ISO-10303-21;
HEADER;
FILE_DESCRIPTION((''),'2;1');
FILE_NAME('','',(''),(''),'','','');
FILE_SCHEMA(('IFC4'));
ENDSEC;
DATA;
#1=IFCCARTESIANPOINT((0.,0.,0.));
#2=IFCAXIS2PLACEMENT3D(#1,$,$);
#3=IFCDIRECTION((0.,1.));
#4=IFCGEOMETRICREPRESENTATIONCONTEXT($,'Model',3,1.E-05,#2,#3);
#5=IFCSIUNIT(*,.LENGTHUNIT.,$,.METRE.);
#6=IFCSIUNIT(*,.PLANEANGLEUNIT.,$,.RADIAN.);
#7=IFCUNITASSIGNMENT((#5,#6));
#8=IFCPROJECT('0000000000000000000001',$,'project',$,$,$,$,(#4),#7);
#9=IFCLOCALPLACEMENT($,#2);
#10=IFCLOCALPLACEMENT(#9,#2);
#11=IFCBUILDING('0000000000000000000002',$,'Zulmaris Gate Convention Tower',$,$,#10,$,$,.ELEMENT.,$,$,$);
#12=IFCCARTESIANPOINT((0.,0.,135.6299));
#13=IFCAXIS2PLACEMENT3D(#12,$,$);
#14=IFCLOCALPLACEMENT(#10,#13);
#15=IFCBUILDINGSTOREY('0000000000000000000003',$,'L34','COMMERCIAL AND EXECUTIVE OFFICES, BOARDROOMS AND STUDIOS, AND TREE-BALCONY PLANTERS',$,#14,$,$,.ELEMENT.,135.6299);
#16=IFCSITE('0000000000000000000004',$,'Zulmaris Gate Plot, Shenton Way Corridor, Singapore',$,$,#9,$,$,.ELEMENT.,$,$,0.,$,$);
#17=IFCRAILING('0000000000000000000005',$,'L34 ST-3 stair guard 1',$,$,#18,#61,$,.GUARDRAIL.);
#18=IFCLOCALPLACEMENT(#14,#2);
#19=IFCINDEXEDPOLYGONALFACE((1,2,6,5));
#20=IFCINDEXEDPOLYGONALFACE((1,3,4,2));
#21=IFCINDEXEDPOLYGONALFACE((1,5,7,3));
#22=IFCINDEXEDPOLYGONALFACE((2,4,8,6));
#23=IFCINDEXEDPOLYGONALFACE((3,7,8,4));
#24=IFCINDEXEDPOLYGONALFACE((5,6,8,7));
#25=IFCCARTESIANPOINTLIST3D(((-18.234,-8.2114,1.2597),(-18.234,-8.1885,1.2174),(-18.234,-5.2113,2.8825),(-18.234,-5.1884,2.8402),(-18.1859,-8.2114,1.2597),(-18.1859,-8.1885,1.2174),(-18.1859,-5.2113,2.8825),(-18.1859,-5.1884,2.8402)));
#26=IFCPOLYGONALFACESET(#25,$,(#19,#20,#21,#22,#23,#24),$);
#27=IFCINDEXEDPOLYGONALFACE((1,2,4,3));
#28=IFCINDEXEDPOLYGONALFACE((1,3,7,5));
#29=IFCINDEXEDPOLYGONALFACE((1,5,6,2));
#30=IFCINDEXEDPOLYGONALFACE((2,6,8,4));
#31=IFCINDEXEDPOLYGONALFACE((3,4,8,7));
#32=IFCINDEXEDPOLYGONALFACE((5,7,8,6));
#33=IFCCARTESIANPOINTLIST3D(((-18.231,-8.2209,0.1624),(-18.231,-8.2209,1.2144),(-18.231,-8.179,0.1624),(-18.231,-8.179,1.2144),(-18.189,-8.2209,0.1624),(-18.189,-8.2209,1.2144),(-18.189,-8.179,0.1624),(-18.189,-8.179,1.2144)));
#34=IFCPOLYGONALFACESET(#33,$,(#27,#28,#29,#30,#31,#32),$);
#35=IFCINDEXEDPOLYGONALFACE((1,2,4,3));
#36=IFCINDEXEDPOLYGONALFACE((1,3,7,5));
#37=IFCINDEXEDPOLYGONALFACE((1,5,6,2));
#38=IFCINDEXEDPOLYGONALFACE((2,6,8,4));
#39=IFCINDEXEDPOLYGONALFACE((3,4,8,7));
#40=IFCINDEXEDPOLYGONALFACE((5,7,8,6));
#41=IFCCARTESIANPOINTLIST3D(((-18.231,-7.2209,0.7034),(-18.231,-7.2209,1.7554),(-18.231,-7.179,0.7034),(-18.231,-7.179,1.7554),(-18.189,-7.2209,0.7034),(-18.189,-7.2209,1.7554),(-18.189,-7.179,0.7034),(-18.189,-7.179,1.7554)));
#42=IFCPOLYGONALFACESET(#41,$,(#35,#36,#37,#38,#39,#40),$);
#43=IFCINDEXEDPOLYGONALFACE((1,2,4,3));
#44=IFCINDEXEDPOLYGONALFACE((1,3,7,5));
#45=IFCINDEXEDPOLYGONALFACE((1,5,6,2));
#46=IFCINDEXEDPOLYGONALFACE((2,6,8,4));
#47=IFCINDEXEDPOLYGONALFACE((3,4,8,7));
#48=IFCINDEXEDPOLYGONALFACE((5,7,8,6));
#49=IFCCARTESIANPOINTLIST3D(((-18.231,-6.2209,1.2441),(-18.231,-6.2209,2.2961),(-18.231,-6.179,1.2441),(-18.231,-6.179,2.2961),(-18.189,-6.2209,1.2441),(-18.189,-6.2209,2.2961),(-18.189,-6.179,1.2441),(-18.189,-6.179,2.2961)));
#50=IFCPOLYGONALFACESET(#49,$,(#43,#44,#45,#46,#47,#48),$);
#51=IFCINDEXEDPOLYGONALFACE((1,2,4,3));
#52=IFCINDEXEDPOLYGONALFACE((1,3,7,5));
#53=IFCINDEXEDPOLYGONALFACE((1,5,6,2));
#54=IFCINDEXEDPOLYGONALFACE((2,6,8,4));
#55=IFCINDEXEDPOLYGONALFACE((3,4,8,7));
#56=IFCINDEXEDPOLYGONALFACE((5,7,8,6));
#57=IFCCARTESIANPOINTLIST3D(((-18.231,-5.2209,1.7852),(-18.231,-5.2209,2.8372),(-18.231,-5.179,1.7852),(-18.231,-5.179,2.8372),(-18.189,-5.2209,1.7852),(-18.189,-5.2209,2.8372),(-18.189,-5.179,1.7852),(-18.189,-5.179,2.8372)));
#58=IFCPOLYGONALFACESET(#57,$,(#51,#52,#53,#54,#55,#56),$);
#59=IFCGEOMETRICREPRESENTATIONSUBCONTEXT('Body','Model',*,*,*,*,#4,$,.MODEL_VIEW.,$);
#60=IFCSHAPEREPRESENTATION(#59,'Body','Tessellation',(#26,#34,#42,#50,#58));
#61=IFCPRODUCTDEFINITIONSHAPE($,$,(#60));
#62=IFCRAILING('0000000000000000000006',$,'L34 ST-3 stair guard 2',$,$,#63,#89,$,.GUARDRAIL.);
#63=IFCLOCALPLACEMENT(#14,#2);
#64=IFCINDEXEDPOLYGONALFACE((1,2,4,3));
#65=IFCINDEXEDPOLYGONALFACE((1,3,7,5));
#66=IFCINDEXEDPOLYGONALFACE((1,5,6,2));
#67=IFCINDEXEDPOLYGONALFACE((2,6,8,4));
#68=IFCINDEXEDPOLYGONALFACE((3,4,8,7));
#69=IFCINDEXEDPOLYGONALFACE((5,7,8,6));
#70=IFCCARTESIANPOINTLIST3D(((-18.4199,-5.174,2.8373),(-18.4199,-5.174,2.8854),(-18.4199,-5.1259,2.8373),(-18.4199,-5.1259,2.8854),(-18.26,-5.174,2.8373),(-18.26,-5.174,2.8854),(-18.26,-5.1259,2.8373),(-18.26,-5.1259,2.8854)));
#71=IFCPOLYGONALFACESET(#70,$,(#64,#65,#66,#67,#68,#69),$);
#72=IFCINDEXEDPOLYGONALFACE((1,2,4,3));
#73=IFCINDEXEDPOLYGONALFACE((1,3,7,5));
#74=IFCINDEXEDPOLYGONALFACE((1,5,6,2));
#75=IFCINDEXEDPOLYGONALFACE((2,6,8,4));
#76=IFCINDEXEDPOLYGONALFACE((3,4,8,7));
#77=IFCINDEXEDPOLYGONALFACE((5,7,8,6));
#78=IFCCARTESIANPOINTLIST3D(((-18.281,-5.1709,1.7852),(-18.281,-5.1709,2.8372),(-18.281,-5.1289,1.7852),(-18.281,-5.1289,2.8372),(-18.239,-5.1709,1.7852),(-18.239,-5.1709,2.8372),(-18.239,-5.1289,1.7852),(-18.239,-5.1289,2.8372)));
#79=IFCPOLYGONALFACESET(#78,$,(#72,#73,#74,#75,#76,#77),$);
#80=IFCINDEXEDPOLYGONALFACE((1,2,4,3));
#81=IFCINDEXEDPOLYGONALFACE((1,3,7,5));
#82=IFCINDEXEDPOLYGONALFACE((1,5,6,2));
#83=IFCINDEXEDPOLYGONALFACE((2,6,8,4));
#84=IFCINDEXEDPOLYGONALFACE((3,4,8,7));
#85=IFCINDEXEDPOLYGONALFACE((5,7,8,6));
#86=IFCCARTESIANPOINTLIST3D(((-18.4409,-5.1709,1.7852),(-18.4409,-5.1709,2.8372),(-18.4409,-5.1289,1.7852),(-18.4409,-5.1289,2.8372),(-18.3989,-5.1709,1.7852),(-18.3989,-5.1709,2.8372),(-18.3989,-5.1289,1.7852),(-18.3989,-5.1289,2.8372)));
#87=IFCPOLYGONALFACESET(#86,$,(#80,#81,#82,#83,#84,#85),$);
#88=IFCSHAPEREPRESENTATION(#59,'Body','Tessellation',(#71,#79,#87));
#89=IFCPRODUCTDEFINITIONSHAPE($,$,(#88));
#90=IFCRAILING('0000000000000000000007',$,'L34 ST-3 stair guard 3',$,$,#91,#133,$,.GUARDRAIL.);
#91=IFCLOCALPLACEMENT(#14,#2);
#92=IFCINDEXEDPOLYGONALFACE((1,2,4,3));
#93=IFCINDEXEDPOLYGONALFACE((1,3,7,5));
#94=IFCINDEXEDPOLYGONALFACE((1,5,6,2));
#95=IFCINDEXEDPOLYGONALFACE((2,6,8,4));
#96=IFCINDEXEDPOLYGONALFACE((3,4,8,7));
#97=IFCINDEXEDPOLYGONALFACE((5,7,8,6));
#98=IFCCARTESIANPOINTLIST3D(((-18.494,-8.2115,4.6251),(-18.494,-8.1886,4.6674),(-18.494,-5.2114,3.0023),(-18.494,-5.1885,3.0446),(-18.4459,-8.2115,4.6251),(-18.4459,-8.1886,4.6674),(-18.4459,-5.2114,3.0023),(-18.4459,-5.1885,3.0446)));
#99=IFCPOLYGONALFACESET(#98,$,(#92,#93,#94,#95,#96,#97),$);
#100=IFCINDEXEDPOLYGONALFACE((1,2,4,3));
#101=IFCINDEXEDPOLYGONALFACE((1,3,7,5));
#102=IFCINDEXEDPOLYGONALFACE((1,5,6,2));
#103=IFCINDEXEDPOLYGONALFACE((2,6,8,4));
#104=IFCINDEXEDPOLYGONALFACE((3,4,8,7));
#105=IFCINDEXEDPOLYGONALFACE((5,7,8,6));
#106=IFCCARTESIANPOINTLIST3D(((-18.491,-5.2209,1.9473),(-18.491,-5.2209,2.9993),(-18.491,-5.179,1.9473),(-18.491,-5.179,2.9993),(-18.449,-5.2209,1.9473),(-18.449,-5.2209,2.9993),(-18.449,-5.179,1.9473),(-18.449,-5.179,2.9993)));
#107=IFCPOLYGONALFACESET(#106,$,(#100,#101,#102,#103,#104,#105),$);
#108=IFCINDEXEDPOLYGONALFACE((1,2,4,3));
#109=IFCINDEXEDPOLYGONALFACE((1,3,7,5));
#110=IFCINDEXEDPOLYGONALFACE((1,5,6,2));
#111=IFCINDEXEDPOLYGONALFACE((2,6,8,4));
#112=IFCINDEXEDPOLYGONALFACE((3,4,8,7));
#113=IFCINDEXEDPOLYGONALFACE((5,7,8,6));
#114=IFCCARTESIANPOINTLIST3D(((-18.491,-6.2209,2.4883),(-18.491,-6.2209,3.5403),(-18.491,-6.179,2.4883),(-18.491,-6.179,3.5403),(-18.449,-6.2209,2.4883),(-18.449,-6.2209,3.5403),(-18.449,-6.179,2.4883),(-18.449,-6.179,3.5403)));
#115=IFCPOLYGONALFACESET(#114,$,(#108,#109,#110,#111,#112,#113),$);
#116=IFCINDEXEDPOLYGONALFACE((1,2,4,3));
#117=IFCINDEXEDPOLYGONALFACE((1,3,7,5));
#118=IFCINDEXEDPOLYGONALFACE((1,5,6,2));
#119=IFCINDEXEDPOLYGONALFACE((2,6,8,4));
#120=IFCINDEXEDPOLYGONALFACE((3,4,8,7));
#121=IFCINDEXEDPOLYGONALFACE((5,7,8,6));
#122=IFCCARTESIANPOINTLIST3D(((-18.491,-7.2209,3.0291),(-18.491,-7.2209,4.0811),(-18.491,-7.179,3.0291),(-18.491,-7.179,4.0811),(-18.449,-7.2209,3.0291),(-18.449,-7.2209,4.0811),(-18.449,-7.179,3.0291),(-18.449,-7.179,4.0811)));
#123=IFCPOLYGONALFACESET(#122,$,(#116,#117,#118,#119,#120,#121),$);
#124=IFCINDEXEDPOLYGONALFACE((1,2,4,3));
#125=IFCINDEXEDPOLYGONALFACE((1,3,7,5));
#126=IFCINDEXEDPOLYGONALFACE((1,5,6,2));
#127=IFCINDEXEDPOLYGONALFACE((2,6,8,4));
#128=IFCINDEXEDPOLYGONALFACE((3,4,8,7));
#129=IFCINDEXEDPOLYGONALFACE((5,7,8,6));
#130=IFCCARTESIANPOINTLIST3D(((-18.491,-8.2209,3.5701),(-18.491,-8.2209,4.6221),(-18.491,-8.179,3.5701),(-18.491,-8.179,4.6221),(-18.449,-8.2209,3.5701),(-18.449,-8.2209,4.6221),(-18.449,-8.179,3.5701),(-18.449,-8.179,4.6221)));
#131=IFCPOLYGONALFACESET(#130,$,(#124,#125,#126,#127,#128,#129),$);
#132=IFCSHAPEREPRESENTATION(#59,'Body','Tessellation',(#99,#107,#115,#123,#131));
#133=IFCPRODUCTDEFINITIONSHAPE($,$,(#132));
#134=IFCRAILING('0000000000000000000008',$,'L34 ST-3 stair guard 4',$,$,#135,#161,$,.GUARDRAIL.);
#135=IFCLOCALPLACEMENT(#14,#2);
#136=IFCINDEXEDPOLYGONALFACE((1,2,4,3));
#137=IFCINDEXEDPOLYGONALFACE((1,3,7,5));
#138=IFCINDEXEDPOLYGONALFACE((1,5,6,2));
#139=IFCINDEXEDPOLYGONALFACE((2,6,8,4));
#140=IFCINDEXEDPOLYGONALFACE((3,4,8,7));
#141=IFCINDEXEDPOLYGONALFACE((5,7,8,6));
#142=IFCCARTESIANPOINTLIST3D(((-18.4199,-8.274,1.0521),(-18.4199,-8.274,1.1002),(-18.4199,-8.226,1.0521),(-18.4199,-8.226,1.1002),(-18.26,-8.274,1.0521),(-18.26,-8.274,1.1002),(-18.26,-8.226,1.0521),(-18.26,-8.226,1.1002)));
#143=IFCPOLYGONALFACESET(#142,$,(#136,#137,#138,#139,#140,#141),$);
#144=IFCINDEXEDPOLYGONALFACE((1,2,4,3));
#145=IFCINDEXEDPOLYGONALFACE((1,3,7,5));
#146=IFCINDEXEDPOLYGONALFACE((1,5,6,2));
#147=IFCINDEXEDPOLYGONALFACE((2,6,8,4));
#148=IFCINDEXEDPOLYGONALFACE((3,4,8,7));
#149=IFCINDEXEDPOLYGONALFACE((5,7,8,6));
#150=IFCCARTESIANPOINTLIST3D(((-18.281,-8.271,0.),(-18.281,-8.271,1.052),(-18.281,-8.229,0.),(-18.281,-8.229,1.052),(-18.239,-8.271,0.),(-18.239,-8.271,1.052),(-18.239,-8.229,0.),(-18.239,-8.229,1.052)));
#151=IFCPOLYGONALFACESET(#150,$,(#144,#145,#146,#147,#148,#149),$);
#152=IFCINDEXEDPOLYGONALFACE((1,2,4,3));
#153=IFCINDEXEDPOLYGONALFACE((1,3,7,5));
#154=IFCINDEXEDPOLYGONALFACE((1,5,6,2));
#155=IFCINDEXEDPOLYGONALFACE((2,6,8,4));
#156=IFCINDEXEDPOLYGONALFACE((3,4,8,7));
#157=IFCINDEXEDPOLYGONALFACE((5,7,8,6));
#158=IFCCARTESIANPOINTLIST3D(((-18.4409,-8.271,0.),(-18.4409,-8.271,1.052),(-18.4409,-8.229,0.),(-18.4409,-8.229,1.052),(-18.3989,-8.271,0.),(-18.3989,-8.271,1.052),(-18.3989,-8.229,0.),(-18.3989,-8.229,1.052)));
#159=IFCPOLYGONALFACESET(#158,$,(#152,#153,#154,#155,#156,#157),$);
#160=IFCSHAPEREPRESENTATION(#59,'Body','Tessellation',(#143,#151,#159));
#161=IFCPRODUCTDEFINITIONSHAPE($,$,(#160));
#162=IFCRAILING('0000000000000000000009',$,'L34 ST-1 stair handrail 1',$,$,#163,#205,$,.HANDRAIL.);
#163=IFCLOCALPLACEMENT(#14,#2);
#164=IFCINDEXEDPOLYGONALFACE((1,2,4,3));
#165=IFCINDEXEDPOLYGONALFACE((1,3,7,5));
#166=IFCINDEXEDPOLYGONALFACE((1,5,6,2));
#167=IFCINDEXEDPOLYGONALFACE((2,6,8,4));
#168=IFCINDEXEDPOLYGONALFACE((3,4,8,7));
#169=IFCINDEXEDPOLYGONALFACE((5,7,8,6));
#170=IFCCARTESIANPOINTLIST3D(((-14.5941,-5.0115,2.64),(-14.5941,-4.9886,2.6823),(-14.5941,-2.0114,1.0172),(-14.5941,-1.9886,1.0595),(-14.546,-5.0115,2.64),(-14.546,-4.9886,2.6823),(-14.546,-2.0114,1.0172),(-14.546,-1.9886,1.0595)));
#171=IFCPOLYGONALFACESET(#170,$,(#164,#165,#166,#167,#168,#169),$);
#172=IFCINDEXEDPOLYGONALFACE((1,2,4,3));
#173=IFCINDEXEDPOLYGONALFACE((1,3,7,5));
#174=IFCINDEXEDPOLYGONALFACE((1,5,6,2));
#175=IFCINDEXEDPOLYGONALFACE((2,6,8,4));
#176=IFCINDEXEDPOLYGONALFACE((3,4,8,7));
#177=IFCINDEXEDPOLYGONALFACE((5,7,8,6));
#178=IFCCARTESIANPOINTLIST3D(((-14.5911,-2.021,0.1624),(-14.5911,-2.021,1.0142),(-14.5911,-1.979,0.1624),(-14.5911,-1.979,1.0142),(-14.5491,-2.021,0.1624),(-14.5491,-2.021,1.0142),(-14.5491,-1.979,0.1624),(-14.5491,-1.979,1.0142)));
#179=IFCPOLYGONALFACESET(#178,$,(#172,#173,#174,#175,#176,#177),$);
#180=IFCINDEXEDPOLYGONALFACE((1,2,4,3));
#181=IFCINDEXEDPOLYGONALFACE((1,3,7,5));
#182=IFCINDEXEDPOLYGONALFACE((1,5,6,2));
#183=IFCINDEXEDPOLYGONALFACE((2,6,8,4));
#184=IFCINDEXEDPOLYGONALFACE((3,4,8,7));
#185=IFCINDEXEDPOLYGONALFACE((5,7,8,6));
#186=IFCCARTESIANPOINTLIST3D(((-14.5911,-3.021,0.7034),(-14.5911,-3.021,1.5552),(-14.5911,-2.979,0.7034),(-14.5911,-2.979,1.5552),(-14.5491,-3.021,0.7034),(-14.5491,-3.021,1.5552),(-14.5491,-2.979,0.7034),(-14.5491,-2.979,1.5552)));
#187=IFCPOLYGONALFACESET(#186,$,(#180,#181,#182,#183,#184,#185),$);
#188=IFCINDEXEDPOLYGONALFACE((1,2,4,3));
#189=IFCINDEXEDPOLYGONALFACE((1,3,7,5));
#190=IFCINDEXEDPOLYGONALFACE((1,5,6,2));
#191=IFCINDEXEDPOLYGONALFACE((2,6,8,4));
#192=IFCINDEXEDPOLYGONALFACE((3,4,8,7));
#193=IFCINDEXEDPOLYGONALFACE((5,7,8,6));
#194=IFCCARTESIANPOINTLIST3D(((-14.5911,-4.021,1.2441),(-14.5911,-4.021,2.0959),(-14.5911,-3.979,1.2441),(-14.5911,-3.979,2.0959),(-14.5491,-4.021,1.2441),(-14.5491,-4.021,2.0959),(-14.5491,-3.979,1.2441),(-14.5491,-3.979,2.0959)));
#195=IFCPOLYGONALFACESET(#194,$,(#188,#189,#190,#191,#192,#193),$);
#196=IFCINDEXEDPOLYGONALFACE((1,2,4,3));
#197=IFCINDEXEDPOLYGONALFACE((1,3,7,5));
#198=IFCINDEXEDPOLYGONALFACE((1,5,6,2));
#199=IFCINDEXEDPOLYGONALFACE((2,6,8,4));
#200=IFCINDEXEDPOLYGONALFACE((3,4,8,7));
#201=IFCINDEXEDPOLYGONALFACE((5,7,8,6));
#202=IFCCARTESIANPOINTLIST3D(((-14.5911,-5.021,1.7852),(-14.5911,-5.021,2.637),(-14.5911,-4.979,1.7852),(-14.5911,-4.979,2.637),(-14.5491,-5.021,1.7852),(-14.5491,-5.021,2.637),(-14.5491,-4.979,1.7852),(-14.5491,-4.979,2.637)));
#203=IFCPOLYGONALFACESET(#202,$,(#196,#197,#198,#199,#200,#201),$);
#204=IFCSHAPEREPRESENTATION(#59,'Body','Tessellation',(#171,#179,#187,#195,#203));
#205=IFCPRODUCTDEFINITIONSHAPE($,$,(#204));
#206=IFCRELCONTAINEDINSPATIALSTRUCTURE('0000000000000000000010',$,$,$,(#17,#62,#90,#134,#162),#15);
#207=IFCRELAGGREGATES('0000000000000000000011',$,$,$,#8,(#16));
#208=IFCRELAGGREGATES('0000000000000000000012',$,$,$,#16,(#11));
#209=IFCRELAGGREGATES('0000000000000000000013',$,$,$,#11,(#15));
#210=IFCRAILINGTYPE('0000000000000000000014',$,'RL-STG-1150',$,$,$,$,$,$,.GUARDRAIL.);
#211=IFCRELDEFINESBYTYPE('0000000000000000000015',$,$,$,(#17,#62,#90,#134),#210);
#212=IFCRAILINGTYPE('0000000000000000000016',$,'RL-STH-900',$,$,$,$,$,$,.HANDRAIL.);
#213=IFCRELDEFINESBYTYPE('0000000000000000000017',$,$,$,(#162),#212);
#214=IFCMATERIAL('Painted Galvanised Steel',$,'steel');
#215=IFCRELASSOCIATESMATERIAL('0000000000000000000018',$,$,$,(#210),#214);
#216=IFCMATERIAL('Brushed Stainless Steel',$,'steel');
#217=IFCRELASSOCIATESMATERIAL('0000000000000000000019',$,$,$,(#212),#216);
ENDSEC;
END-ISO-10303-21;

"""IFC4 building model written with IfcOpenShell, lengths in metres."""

from ifc_helpers import new_model, si_unit, direction, frame, origin, origin_2d, place, context, subcontext, project, spatial, rectangle, extrude, material, type_object, element, save


model = new_model("IFC4")

# Units and contexts
model_context = context("Model", 3, precision=1e-05, world=origin(), true_north=direction((0.0, 1.0)))
body_context = subcontext(model_context, "Body", "Model", "MODEL_VIEW")
ifc_project = project(units=[si_unit("LENGTHUNIT", "METRE"), si_unit("PLANEANGLEUNIT", "RADIAN")], contexts=[model_context])

# Site, building, storey
site_placement = place(None, origin())
site = spatial("IfcSite", under=ifc_project, at=site_placement, Name="Zulmaris Gate Plot, Shenton Way Corridor, Singapore", CompositionType="ELEMENT", RefElevation=0.0)
building_placement = place(site_placement, origin())
building = spatial("IfcBuilding", under=site, at=building_placement, Name="Zulmaris Gate Convention Tower", CompositionType="ELEMENT")
storey_placement = place(building_placement, frame((0.0, 0.0, 135.6299)))
storey = spatial("IfcBuildingStorey", under=building, at=storey_placement, Name="L34", Description="COMMERCIAL AND EXECUTIVE OFFICES, BOARDROOMS AND STUDIOS, AND TREE-BALCONY PLANTERS", CompositionType="ELEMENT", Elevation=135.6299)

# Railings
ifc_material_1 = material(Name="Painted Galvanised Steel", Category="steel")
railing_type_1 = type_object("IfcRailingType", Name="RL-STG-1150", PredefinedType="GUARDRAIL", material=ifc_material_1)
railing_1_placement = place(storey_placement, frame((-18.21, -8.2, 0.1624)))
element("IfcRailing", 1, at=railing_1_placement, inside=storey, type_object=railing_type_1, Name="L34 ST-3 stair guard 1", PredefinedType="GUARDRAIL", context=body_context, shape_type="SweptSolid", body=[
    extrude(rectangle(XDim=0.0481, YDim=0.0481, at=origin_2d()), frame((0.0, 0.0, 1.0762), z_axis=(0.0, 0.879562, 0.475785), x_axis=(-1.0, 0.0, 0.0)), (0.0, 0.0, 1.0), 3.4109),
    extrude(rectangle(XDim=0.042, YDim=0.042, at=origin_2d()), origin(), (0.0, 0.0, 1.0), 1.052),
    extrude(rectangle(XDim=0.042, YDim=0.042, at=origin_2d()), frame((0.0, 1.0, 0.541)), (0.0, 0.0, 1.0), 1.052),
    extrude(rectangle(XDim=0.042, YDim=0.042, at=origin_2d()), frame((0.0, 2.0, 1.0818)), (0.0, 0.0, 1.0), 1.052),
    extrude(rectangle(XDim=0.042, YDim=0.042, at=origin_2d()), frame((0.0, 3.0, 1.6228)), (0.0, 0.0, 1.0), 1.052),
])
railing_2_placement = place(storey_placement, frame((-18.26, -5.1499, 1.7852)))
element("IfcRailing", 2, at=railing_2_placement, inside=storey, type_object=railing_type_1, Name="L34 ST-3 stair guard 2", PredefinedType="GUARDRAIL", context=body_context, shape_type="SweptSolid", body=[
    extrude(rectangle(XDim=0.0481, YDim=0.0481, at=origin_2d()), frame((0.0, 0.0, 1.0762), z_axis=(-1.0, 0.0, 0.0), x_axis=(0.0, -1.0, 0.0)), (0.0, 0.0, 1.0), 0.1599),
    extrude(rectangle(XDim=0.042, YDim=0.042, at=origin_2d()), origin(), (0.0, 0.0, 1.0), 1.052),
    extrude(rectangle(XDim=0.042, YDim=0.042, at=origin_2d()), frame((-0.1599, 0.0, 0.0)), (0.0, 0.0, 1.0), 1.052),
])
railing_3_placement = place(storey_placement, frame((-18.47, -5.2, 1.9473)))
element("IfcRailing", 3, at=railing_3_placement, inside=storey, type_object=railing_type_1, Name="L34 ST-3 stair guard 3", PredefinedType="GUARDRAIL", context=body_context, shape_type="SweptSolid", body=[
    extrude(rectangle(XDim=0.0481, YDim=0.0481, at=origin_2d()), frame((0.0, 0.0, 1.0762), z_axis=(0.0, -0.879562, 0.475785), x_axis=(1.0, 0.0, 0.0)), (0.0, 0.0, 1.0), 3.4109),
    extrude(rectangle(XDim=0.042, YDim=0.042, at=origin_2d()), origin(), (0.0, 0.0, 1.0), 1.052),
    extrude(rectangle(XDim=0.042, YDim=0.042, at=origin_2d()), frame((0.0, -1.0, 0.541)), (0.0, 0.0, 1.0), 1.052),
    extrude(rectangle(XDim=0.042, YDim=0.042, at=origin_2d()), frame((0.0, -2.0, 1.0818)), (0.0, 0.0, 1.0), 1.052),
    extrude(rectangle(XDim=0.042, YDim=0.042, at=origin_2d()), frame((0.0, -3.0, 1.6228)), (0.0, 0.0, 1.0), 1.052),
])
railing_4_placement = place(storey_placement, frame((-18.26, -8.25, 0.0)))
element("IfcRailing", 4, at=railing_4_placement, inside=storey, type_object=railing_type_1, Name="L34 ST-3 stair guard 4", PredefinedType="GUARDRAIL", context=body_context, shape_type="SweptSolid", body=[
    extrude(rectangle(XDim=0.0481, YDim=0.0481, at=origin_2d()), frame((0.0, 0.0, 1.0762), z_axis=(-1.0, 0.0, 0.0), x_axis=(0.0, -1.0, 0.0)), (0.0, 0.0, 1.0), 0.1599),
    extrude(rectangle(XDim=0.042, YDim=0.042, at=origin_2d()), origin(), (0.0, 0.0, 1.0), 1.052),
    extrude(rectangle(XDim=0.042, YDim=0.042, at=origin_2d()), frame((-0.1599, 0.0, 0.0)), (0.0, 0.0, 1.0), 1.052),
])
ifc_material_2 = material(Name="Brushed Stainless Steel", Category="steel")
railing_type_2 = type_object("IfcRailingType", Name="RL-STH-900", PredefinedType="HANDRAIL", material=ifc_material_2)
railing_5_placement = place(storey_placement, frame((-14.5701, -2.0, 0.1624)))
element("IfcRailing", 5, at=railing_5_placement, inside=storey, type_object=railing_type_2, Name="L34 ST-1 stair handrail 1", PredefinedType="HANDRAIL", context=body_context, shape_type="SweptSolid", body=[
    extrude(rectangle(XDim=0.0481, YDim=0.0481, at=origin_2d()), frame((0.0, 0.0, 0.876), z_axis=(0.0, -0.879562, 0.475785), x_axis=(1.0, 0.0, 0.0)), (0.0, 0.0, 1.0), 3.4109),
    extrude(rectangle(XDim=0.042, YDim=0.042, at=origin_2d()), origin(), (0.0, 0.0, 1.0), 0.8518),
    extrude(rectangle(XDim=0.042, YDim=0.042, at=origin_2d()), frame((0.0, -1.0, 0.541)), (0.0, 0.0, 1.0), 0.8518),
    extrude(rectangle(XDim=0.042, YDim=0.042, at=origin_2d()), frame((0.0, -2.0, 1.0818)), (0.0, 0.0, 1.0), 0.8518),
    extrude(rectangle(XDim=0.042, YDim=0.042, at=origin_2d()), frame((0.0, -3.0, 1.6228)), (0.0, 0.0, 1.0), 0.8518),
])

save(model, "model.ifc")
